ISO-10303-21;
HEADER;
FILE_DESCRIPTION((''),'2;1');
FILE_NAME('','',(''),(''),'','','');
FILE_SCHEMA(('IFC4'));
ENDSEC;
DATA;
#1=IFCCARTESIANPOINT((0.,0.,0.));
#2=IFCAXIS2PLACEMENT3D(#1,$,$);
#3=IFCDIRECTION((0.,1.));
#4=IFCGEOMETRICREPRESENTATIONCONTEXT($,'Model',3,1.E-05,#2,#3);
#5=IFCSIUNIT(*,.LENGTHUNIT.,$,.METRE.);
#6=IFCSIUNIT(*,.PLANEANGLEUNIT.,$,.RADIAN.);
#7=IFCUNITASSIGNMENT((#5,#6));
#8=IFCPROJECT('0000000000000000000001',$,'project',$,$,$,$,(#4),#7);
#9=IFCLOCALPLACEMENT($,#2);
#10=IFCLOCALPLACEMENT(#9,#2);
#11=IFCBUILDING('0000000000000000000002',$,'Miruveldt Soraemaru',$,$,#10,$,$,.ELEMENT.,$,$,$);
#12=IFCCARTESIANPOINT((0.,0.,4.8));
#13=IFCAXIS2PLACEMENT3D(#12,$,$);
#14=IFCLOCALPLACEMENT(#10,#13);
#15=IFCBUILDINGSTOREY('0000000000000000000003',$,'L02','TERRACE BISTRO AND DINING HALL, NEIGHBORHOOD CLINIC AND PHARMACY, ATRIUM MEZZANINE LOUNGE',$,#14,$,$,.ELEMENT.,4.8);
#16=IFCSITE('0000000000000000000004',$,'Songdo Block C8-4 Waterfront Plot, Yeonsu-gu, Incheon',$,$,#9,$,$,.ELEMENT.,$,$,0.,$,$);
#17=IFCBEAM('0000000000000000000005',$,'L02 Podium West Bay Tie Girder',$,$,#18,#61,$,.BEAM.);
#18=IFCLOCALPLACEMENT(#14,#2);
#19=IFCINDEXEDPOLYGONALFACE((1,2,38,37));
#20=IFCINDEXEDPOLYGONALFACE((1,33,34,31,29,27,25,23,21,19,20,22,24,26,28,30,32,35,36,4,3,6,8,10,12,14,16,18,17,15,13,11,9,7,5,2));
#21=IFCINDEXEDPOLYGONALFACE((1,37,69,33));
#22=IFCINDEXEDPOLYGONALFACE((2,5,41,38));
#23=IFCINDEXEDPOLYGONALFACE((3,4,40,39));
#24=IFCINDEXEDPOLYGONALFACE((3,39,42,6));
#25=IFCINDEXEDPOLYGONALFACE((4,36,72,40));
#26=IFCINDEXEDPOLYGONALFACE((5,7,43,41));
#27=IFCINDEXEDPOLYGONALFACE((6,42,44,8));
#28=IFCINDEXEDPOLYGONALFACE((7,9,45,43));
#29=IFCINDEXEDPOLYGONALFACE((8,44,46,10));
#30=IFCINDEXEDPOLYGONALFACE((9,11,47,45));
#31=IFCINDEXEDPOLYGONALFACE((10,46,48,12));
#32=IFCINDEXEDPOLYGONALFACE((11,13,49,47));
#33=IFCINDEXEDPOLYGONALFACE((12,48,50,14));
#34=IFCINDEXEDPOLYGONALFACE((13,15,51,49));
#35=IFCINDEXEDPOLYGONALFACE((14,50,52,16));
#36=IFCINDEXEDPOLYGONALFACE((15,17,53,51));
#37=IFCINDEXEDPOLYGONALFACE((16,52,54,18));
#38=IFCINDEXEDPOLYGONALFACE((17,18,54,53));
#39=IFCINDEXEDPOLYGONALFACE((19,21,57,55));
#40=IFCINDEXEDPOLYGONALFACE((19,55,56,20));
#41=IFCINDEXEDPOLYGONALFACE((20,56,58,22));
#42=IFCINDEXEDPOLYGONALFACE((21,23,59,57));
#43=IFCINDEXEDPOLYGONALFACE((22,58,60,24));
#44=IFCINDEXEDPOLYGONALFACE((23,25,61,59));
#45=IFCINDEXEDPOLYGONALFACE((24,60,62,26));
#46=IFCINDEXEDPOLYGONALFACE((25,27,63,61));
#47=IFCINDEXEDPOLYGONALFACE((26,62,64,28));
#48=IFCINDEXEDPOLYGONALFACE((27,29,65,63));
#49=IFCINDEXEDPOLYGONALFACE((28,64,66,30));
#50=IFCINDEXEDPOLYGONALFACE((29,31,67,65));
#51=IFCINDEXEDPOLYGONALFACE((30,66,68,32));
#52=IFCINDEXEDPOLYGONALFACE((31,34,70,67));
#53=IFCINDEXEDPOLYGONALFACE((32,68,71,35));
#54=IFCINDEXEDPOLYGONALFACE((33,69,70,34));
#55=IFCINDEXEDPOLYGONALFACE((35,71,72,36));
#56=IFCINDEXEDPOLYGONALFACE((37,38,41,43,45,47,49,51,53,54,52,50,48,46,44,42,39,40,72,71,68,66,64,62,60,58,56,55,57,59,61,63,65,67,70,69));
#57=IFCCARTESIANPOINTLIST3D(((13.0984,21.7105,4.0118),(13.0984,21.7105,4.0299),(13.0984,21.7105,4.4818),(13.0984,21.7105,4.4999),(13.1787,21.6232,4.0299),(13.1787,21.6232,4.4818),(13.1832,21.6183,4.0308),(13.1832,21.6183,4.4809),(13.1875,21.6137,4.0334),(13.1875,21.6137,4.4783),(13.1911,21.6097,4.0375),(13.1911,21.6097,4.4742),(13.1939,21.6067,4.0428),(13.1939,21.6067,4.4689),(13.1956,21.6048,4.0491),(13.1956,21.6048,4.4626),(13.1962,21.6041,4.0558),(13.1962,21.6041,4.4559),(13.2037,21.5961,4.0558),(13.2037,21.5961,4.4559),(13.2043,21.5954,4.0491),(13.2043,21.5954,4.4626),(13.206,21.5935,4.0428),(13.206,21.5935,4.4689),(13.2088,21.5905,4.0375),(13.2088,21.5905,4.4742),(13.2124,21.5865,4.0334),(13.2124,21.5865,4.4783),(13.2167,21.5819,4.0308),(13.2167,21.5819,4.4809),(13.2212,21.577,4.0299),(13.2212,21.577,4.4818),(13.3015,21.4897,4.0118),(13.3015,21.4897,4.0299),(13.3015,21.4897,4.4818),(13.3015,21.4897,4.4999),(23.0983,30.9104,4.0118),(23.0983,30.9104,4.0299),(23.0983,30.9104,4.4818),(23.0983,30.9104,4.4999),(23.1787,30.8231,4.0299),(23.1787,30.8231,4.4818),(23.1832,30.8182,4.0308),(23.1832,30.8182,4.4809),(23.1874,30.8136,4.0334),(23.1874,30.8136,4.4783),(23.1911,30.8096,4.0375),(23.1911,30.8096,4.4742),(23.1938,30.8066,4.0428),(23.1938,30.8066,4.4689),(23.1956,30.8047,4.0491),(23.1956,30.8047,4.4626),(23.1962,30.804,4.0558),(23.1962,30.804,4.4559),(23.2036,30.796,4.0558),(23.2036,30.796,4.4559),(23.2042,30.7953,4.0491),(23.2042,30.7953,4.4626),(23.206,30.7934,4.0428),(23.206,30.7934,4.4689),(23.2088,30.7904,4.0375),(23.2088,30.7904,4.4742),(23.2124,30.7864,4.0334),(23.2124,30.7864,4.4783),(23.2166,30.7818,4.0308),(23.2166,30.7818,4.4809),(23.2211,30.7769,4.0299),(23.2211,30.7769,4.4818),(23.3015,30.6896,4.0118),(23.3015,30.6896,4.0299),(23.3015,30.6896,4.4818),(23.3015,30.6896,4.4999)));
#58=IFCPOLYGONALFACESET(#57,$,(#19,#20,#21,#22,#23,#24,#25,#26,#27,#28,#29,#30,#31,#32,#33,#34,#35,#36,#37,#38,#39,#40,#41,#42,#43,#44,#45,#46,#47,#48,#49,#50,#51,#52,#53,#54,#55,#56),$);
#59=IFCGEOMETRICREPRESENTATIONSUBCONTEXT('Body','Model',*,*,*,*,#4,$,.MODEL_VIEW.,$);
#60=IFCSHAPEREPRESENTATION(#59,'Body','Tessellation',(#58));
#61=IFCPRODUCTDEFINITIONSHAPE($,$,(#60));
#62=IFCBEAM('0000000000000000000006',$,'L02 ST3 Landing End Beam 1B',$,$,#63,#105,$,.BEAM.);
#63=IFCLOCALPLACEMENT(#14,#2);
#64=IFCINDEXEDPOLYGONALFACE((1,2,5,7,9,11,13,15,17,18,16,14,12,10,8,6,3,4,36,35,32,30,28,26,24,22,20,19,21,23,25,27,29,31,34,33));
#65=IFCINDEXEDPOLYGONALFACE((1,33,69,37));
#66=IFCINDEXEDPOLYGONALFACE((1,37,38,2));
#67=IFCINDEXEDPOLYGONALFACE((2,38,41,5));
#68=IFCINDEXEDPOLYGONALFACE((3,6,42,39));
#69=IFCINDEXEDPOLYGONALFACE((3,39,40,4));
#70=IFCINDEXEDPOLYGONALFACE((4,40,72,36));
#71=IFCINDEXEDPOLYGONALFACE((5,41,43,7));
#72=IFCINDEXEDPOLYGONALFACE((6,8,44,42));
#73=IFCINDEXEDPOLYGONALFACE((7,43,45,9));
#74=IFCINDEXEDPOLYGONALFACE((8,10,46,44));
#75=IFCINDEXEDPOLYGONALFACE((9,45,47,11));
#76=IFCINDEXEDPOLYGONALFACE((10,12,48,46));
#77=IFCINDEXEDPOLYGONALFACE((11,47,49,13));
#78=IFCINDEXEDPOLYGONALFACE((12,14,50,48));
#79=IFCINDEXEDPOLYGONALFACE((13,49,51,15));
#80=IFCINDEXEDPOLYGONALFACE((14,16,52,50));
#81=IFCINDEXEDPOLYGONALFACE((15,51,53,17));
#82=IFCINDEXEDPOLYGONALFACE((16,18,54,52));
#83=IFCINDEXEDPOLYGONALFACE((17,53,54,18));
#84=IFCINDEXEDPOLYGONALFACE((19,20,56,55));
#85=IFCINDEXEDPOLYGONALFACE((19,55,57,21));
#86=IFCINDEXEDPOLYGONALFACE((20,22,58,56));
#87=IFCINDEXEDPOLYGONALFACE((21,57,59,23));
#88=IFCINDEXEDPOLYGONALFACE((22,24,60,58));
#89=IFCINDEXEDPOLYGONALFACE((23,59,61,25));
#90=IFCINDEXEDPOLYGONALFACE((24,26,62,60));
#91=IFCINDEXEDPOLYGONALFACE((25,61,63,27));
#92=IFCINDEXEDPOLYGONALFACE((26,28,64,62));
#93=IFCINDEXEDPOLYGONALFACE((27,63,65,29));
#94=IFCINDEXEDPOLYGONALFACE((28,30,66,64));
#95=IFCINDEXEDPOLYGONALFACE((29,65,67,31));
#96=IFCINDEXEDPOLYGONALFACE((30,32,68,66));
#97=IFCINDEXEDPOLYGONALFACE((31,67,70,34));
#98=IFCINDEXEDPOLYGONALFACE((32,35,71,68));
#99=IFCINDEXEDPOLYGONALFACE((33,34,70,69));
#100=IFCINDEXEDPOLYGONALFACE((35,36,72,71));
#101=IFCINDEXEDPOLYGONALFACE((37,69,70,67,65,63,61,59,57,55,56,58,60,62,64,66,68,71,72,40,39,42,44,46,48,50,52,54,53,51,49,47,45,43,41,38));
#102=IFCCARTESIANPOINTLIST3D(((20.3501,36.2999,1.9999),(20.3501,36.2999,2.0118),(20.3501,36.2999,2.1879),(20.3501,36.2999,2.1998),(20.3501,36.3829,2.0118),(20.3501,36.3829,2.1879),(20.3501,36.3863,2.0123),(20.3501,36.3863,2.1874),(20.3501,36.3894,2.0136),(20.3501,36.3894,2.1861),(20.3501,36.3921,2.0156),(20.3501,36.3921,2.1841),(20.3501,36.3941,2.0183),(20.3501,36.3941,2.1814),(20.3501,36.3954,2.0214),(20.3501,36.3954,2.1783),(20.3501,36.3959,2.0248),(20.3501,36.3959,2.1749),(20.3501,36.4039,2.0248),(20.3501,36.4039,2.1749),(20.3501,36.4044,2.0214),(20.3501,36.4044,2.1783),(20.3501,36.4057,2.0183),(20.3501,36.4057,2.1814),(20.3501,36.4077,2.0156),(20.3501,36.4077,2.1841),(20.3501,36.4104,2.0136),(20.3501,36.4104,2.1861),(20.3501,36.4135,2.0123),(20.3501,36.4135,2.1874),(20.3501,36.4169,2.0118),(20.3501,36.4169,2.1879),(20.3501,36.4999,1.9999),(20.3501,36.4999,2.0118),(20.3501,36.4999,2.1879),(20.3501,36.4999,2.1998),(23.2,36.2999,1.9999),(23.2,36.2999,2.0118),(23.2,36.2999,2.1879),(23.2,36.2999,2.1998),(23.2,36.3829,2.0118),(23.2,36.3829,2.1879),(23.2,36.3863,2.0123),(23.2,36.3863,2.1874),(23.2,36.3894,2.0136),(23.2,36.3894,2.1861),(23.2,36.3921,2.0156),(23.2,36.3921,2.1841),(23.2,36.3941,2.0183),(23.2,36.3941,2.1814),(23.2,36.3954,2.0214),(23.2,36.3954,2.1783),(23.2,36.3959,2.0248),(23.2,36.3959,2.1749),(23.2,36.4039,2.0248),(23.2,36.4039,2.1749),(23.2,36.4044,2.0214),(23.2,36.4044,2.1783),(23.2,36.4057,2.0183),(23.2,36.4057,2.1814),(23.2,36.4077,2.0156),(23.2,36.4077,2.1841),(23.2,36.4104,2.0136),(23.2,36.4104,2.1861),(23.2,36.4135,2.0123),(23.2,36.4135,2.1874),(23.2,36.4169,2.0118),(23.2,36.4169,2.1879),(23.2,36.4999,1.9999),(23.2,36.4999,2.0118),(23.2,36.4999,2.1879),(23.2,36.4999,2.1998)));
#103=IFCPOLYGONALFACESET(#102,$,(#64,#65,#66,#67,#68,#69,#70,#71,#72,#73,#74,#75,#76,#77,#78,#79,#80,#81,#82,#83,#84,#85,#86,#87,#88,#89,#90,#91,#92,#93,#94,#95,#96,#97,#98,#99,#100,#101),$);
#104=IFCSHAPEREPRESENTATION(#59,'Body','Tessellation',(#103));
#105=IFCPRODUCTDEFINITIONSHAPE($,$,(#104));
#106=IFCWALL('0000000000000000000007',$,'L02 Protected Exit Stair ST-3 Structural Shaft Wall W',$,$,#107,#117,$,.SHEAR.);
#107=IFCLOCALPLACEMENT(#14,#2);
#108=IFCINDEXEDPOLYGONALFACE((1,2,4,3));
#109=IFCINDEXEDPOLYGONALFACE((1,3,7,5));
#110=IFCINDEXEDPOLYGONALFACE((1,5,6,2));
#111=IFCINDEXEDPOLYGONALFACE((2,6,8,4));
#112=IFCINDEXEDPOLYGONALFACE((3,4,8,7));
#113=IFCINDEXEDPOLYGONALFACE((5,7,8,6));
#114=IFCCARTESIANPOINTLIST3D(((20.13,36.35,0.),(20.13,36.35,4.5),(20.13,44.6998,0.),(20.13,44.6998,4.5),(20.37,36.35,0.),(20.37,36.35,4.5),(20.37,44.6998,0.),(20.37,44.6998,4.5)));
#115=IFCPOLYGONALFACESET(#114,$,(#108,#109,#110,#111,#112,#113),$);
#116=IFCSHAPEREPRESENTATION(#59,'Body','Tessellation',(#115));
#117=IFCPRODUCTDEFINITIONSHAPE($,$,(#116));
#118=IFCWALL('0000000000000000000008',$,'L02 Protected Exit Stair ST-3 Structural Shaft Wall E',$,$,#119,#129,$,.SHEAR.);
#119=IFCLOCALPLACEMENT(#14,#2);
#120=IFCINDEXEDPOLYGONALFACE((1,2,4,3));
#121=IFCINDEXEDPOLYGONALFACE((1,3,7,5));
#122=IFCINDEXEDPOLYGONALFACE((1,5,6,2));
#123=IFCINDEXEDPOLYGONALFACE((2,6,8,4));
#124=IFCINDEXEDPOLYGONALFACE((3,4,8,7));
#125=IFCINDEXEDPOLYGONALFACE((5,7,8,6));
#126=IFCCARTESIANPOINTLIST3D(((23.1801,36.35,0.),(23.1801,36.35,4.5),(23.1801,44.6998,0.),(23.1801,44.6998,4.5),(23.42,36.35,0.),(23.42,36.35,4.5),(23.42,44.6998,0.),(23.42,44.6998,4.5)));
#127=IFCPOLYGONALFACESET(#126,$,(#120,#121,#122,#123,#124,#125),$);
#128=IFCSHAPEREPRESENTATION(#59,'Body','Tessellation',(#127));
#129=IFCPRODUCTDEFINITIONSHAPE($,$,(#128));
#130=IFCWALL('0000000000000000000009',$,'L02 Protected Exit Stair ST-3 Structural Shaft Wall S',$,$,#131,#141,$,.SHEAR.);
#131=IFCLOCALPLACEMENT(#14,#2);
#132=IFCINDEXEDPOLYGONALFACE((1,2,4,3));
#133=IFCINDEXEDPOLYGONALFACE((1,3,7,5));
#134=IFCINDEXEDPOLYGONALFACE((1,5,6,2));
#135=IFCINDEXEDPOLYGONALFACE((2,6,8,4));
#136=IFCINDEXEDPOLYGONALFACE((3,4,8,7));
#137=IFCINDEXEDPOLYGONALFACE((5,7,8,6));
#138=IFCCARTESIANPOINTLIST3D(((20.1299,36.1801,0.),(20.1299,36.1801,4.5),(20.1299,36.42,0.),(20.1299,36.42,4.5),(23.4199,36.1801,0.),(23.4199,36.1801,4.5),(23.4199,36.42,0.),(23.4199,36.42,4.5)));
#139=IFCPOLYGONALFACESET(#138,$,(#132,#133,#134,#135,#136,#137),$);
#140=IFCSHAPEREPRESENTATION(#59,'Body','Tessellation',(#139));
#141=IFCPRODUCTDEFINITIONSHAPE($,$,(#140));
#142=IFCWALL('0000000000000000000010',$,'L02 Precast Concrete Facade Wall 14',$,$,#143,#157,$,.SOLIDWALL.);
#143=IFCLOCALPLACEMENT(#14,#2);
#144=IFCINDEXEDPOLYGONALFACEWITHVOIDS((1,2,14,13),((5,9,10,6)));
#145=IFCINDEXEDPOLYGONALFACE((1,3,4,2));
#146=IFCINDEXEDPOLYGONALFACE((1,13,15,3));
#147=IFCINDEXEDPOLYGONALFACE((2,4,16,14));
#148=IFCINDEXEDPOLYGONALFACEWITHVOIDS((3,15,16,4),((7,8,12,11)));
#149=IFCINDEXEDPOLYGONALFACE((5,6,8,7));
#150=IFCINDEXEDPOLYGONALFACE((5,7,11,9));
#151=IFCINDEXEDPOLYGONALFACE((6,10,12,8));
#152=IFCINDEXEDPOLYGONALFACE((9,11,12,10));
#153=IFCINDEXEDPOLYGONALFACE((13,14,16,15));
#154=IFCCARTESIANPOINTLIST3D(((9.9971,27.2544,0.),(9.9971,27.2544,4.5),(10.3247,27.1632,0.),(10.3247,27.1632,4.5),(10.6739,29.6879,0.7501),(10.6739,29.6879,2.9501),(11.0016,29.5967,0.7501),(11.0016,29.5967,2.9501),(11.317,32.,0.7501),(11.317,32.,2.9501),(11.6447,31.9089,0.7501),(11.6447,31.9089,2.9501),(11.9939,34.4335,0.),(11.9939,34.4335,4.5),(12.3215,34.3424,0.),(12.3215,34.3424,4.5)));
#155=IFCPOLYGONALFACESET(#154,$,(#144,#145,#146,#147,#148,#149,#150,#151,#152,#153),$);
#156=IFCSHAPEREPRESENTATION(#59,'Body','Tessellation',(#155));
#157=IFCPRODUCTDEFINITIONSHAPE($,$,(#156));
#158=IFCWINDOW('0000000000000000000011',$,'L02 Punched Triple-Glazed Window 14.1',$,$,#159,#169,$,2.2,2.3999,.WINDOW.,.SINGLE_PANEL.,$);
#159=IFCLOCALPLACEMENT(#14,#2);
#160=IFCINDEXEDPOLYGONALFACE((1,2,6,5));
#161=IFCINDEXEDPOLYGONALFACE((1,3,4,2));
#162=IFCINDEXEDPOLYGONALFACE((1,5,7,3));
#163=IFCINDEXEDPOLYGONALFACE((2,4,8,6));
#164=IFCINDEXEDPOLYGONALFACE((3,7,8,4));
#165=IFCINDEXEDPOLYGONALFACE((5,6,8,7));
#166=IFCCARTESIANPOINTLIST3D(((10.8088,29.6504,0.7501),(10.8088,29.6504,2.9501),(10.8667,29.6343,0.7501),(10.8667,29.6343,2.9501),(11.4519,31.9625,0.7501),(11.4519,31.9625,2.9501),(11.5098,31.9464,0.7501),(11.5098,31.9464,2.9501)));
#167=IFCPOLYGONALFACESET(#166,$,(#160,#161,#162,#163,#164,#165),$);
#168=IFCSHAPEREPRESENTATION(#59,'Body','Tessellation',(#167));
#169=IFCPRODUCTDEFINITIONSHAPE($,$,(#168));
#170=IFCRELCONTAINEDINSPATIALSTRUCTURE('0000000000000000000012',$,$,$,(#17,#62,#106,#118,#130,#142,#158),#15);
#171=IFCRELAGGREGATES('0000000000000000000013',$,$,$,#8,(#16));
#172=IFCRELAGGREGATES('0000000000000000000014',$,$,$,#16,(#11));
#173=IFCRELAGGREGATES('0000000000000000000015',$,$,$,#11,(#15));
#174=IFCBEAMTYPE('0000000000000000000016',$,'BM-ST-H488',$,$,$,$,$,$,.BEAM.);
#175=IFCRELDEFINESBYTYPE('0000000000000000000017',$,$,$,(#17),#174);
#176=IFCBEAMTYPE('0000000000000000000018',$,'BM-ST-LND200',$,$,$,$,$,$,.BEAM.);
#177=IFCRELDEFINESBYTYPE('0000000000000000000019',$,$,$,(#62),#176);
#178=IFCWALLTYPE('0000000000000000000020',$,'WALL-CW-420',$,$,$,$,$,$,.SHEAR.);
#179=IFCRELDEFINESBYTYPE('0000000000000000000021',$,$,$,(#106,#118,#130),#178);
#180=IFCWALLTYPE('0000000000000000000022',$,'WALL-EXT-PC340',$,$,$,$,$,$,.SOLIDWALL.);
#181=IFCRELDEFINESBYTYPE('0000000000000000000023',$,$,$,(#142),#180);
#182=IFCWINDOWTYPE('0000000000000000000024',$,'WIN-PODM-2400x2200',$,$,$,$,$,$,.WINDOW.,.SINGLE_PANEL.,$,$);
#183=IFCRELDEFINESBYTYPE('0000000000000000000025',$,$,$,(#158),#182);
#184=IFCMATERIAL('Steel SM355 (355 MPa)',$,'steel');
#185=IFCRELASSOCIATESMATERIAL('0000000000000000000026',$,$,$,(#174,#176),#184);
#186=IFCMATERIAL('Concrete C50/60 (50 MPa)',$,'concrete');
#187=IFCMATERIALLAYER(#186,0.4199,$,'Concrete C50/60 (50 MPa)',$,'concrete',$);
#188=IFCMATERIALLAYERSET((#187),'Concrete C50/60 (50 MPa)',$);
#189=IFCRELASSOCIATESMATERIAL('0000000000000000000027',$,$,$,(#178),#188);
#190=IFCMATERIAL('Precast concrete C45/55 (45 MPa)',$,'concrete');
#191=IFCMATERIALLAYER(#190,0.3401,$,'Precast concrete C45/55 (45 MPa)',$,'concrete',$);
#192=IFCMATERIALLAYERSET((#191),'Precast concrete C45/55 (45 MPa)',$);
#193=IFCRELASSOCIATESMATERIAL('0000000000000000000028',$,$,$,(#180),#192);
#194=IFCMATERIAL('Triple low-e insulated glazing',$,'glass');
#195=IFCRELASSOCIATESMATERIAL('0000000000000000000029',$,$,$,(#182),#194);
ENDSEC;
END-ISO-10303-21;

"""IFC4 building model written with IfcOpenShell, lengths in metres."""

from ifc_helpers import new_model, si_unit, direction, frame, frame_2d, origin, origin_2d, place, context, subcontext, project, spatial, rectangle, i_section, extrude, material, layer, layer_set, material_profile, profile_set, type_object, element, fill, save


model = new_model("IFC4")

# Units and contexts
model_context = context("Model", 3, precision=1e-05, world=origin(), true_north=direction((0.0, 1.0)))
body_context = subcontext(model_context, "Body", "Model", "MODEL_VIEW")
ifc_project = project(units=[si_unit("LENGTHUNIT", "METRE"), si_unit("PLANEANGLEUNIT", "RADIAN")], contexts=[model_context])

# Site, building, storey
site_placement = place(None, origin())
site = spatial("IfcSite", under=ifc_project, at=site_placement, Name="Songdo Block C8-4 Waterfront Plot, Yeonsu-gu, Incheon", CompositionType="ELEMENT", RefElevation=0.0)
building_placement = place(site_placement, origin())
building = spatial("IfcBuilding", under=site, at=building_placement, Name="Miruveldt Soraemaru", CompositionType="ELEMENT")
storey_placement = place(building_placement, frame((0.0, 0.0, 4.8)))
storey = spatial("IfcBuildingStorey", under=building, at=storey_placement, Name="L02", Description="TERRACE BISTRO AND DINING HALL, NEIGHBORHOOD CLINIC AND PHARMACY, ATRIUM MEZZANINE LOUNGE", CompositionType="ELEMENT", Elevation=4.8)

# Shared definitions
ifc_material_1 = material(Name="Concrete C50/60 (50 MPa)", Category="concrete")

# Beams
ifc_material_2 = material(Name="Steel SM355 (355 MPa)", Category="steel")
ifc_material_profile_1 = material_profile(ifc_material_2, i_section(OverallWidth=0.3, OverallDepth=0.488, WebThickness=0.011, FlangeThickness=0.0181, FilletRadius=0.0259, at=origin_2d()), Name="Steel SM355 (355 MPa)", Category="steel")
ifc_profile_set_1 = profile_set([ifc_material_profile_1], Name="Steel SM355 (355 MPa)")
beam_type_1 = type_object("IfcBeamType", Name="BM-ST-H488", PredefinedType="BEAM", material=ifc_profile_set_1)
beam_1_placement = place(storey_placement, frame((13.2, 21.6001, 4.2559), z_axis=(0.735933, 0.677055, 0.0), x_axis=(-0.677055, 0.735933, 0.0)))
element("IfcBeam", 1, at=beam_1_placement, inside=storey, type_object=beam_type_1, Name="L02 Podium West Bay Tie Girder", PredefinedType="BEAM", context=body_context, shape_type="SweptSolid", body=[
    extrude(i_section(OverallWidth=0.3, OverallDepth=0.488, WebThickness=0.011, FlangeThickness=0.0181, FilletRadius=0.0259, at=origin_2d()), origin(), (0.0, 0.0, 1.0), 13.5881),
])
ifc_material_profile_2 = material_profile(ifc_material_2, i_section(OverallWidth=0.2, OverallDepth=0.2, WebThickness=0.0081, FlangeThickness=0.012, FilletRadius=0.0129, at=origin_2d()), Name="Steel SM355 (355 MPa)", Category="steel")
ifc_profile_set_2 = profile_set([ifc_material_profile_2], Name="Steel SM355 (355 MPa)")
beam_type_2 = type_object("IfcBeamType", Name="BM-ST-LND200", PredefinedType="BEAM", material=ifc_profile_set_2)
beam_2_placement = place(storey_placement, frame((20.3501, 36.3999, 2.0999), z_axis=(1.0, 0.0, 0.0), x_axis=(0.0, 1.0, 0.0)))
element("IfcBeam", 2, at=beam_2_placement, inside=storey, type_object=beam_type_2, Name="L02 ST3 Landing End Beam 1B", PredefinedType="BEAM", context=body_context, shape_type="SweptSolid", body=[
    extrude(i_section(OverallWidth=0.2, OverallDepth=0.2, WebThickness=0.0081, FlangeThickness=0.012, FilletRadius=0.0129, at=origin_2d()), origin(), (0.0, 0.0, 1.0), 2.8499),
])

# Walls
ifc_layer_1 = layer(ifc_material_1, 0.4199, Name="Concrete C50/60 (50 MPa)", Category="concrete")
ifc_layer_set_1 = layer_set([ifc_layer_1], Name="Concrete C50/60 (50 MPa)")
wall_type_1 = type_object("IfcWallType", Name="WALL-CW-420", PredefinedType="SHEAR", material=ifc_layer_set_1)
for number, where, z_axis, x_axis, name in (
    (3, (20.25, 36.3501, 0.0), (0.0, 0.0, 1.0), (0.0, 1.0, 0.0), "L02 Protected Exit Stair ST-3 Structural Shaft Wall W"),
    (4, (23.3, 36.3501, 0.0), (0.0, 0.0, 1.0), (0.0, 1.0, 0.0), "L02 Protected Exit Stair ST-3 Structural Shaft Wall E"),
):
    element("IfcWall", number, at=place(storey_placement, frame(where, z_axis=z_axis, x_axis=x_axis)), inside=storey, type_object=wall_type_1, Name=name, PredefinedType="SHEAR", context=body_context, shape_type="SweptSolid", body=[
        extrude(rectangle(XDim=8.3499, YDim=0.24, at=frame_2d((4.1748, 0.0))), origin(), (0.0, 0.0, 1.0), 4.5),
    ])
wall_1_placement = place(storey_placement, frame((20.1299, 36.3, 0.0), z_axis=(0.0, 0.0, 1.0), x_axis=(1.0, 0.0, 0.0)))
element("IfcWall", 5, at=wall_1_placement, inside=storey, type_object=wall_type_1, Name="L02 Protected Exit Stair ST-3 Structural Shaft Wall S", PredefinedType="SHEAR", context=body_context, shape_type="SweptSolid", body=[
    extrude(rectangle(XDim=3.29, YDim=0.24, at=frame_2d((1.645, 0.0))), origin(), (0.0, 0.0, 1.0), 4.5),
])

# Wall, opening, window
ifc_material_3 = material(Name="Precast concrete C45/55 (45 MPa)", Category="concrete")
ifc_layer_2 = layer(ifc_material_3, 0.3401, Name="Precast concrete C45/55 (45 MPa)", Category="concrete")
ifc_layer_set_2 = layer_set([ifc_layer_2], Name="Precast concrete C45/55 (45 MPa)")
wall_type_2 = type_object("IfcWallType", Name="WALL-EXT-PC340", PredefinedType="SOLIDWALL", material=ifc_layer_set_2)
wall_2_placement = place(storey_placement, frame((12.1577, 34.3879, 0.0), z_axis=(0.0, 0.0, 1.0), x_axis=(-0.267968, -0.963428, 0.0)))
wall_2 = element("IfcWall", 6, at=wall_2_placement, inside=storey, type_object=wall_type_2, Name="L02 Precast Concrete Facade Wall 14", PredefinedType="SOLIDWALL", context=body_context, shape_type="SweptSolid", body=[
    extrude(rectangle(XDim=7.4517, YDim=0.3401, at=frame_2d((3.7258, 0.0))), origin(), (0.0, 0.0, 1.0), 4.5),
])
opening_1_placement = place(wall_2_placement, frame((2.5259, 0.0, 0.75)))
opening_1 = element("IfcOpeningElement", 7, at=opening_1_placement, cuts=wall_2, PredefinedType="OPENING", context=body_context, shape_type="SweptSolid", body=[
    extrude(rectangle(XDim=2.3999, YDim=2.2, at=frame_2d((1.2, 1.1001))), frame((0.0, 0.1802, 0.0), z_axis=(0.0, -1.0, 0.0), x_axis=(1.0, 0.0, 0.0)), (0.0, 0.0, 1.0), 0.3601),
])
ifc_material_4 = material(Name="Triple low-e insulated glazing", Category="glass")
window_type_1 = type_object("IfcWindowType", Name="WIN-PODM-2400x2200", PartitioningType="SINGLE_PANEL", PredefinedType="WINDOW", material=ifc_material_4)
window_1_placement = place(opening_1_placement, origin())
window_1 = element("IfcWindow", 8, at=window_1_placement, inside=storey, type_object=window_type_1, Name="L02 Punched Triple-Glazed Window 14.1", OverallHeight=2.2, OverallWidth=2.3999, PartitioningType="SINGLE_PANEL", PredefinedType="WINDOW", context=body_context, shape_type="SweptSolid", body=[
    extrude(rectangle(XDim=2.3999, YDim=2.2, at=frame_2d((1.2, 1.1001))), frame((0.0, 0.03, 0.0), z_axis=(0.0, -1.0, 0.0), x_axis=(1.0, 0.0, 0.0)), (0.0, 0.0, 1.0), 0.0601),
])
fill(opening_1, window_1)

save(model, "model.ifc")
